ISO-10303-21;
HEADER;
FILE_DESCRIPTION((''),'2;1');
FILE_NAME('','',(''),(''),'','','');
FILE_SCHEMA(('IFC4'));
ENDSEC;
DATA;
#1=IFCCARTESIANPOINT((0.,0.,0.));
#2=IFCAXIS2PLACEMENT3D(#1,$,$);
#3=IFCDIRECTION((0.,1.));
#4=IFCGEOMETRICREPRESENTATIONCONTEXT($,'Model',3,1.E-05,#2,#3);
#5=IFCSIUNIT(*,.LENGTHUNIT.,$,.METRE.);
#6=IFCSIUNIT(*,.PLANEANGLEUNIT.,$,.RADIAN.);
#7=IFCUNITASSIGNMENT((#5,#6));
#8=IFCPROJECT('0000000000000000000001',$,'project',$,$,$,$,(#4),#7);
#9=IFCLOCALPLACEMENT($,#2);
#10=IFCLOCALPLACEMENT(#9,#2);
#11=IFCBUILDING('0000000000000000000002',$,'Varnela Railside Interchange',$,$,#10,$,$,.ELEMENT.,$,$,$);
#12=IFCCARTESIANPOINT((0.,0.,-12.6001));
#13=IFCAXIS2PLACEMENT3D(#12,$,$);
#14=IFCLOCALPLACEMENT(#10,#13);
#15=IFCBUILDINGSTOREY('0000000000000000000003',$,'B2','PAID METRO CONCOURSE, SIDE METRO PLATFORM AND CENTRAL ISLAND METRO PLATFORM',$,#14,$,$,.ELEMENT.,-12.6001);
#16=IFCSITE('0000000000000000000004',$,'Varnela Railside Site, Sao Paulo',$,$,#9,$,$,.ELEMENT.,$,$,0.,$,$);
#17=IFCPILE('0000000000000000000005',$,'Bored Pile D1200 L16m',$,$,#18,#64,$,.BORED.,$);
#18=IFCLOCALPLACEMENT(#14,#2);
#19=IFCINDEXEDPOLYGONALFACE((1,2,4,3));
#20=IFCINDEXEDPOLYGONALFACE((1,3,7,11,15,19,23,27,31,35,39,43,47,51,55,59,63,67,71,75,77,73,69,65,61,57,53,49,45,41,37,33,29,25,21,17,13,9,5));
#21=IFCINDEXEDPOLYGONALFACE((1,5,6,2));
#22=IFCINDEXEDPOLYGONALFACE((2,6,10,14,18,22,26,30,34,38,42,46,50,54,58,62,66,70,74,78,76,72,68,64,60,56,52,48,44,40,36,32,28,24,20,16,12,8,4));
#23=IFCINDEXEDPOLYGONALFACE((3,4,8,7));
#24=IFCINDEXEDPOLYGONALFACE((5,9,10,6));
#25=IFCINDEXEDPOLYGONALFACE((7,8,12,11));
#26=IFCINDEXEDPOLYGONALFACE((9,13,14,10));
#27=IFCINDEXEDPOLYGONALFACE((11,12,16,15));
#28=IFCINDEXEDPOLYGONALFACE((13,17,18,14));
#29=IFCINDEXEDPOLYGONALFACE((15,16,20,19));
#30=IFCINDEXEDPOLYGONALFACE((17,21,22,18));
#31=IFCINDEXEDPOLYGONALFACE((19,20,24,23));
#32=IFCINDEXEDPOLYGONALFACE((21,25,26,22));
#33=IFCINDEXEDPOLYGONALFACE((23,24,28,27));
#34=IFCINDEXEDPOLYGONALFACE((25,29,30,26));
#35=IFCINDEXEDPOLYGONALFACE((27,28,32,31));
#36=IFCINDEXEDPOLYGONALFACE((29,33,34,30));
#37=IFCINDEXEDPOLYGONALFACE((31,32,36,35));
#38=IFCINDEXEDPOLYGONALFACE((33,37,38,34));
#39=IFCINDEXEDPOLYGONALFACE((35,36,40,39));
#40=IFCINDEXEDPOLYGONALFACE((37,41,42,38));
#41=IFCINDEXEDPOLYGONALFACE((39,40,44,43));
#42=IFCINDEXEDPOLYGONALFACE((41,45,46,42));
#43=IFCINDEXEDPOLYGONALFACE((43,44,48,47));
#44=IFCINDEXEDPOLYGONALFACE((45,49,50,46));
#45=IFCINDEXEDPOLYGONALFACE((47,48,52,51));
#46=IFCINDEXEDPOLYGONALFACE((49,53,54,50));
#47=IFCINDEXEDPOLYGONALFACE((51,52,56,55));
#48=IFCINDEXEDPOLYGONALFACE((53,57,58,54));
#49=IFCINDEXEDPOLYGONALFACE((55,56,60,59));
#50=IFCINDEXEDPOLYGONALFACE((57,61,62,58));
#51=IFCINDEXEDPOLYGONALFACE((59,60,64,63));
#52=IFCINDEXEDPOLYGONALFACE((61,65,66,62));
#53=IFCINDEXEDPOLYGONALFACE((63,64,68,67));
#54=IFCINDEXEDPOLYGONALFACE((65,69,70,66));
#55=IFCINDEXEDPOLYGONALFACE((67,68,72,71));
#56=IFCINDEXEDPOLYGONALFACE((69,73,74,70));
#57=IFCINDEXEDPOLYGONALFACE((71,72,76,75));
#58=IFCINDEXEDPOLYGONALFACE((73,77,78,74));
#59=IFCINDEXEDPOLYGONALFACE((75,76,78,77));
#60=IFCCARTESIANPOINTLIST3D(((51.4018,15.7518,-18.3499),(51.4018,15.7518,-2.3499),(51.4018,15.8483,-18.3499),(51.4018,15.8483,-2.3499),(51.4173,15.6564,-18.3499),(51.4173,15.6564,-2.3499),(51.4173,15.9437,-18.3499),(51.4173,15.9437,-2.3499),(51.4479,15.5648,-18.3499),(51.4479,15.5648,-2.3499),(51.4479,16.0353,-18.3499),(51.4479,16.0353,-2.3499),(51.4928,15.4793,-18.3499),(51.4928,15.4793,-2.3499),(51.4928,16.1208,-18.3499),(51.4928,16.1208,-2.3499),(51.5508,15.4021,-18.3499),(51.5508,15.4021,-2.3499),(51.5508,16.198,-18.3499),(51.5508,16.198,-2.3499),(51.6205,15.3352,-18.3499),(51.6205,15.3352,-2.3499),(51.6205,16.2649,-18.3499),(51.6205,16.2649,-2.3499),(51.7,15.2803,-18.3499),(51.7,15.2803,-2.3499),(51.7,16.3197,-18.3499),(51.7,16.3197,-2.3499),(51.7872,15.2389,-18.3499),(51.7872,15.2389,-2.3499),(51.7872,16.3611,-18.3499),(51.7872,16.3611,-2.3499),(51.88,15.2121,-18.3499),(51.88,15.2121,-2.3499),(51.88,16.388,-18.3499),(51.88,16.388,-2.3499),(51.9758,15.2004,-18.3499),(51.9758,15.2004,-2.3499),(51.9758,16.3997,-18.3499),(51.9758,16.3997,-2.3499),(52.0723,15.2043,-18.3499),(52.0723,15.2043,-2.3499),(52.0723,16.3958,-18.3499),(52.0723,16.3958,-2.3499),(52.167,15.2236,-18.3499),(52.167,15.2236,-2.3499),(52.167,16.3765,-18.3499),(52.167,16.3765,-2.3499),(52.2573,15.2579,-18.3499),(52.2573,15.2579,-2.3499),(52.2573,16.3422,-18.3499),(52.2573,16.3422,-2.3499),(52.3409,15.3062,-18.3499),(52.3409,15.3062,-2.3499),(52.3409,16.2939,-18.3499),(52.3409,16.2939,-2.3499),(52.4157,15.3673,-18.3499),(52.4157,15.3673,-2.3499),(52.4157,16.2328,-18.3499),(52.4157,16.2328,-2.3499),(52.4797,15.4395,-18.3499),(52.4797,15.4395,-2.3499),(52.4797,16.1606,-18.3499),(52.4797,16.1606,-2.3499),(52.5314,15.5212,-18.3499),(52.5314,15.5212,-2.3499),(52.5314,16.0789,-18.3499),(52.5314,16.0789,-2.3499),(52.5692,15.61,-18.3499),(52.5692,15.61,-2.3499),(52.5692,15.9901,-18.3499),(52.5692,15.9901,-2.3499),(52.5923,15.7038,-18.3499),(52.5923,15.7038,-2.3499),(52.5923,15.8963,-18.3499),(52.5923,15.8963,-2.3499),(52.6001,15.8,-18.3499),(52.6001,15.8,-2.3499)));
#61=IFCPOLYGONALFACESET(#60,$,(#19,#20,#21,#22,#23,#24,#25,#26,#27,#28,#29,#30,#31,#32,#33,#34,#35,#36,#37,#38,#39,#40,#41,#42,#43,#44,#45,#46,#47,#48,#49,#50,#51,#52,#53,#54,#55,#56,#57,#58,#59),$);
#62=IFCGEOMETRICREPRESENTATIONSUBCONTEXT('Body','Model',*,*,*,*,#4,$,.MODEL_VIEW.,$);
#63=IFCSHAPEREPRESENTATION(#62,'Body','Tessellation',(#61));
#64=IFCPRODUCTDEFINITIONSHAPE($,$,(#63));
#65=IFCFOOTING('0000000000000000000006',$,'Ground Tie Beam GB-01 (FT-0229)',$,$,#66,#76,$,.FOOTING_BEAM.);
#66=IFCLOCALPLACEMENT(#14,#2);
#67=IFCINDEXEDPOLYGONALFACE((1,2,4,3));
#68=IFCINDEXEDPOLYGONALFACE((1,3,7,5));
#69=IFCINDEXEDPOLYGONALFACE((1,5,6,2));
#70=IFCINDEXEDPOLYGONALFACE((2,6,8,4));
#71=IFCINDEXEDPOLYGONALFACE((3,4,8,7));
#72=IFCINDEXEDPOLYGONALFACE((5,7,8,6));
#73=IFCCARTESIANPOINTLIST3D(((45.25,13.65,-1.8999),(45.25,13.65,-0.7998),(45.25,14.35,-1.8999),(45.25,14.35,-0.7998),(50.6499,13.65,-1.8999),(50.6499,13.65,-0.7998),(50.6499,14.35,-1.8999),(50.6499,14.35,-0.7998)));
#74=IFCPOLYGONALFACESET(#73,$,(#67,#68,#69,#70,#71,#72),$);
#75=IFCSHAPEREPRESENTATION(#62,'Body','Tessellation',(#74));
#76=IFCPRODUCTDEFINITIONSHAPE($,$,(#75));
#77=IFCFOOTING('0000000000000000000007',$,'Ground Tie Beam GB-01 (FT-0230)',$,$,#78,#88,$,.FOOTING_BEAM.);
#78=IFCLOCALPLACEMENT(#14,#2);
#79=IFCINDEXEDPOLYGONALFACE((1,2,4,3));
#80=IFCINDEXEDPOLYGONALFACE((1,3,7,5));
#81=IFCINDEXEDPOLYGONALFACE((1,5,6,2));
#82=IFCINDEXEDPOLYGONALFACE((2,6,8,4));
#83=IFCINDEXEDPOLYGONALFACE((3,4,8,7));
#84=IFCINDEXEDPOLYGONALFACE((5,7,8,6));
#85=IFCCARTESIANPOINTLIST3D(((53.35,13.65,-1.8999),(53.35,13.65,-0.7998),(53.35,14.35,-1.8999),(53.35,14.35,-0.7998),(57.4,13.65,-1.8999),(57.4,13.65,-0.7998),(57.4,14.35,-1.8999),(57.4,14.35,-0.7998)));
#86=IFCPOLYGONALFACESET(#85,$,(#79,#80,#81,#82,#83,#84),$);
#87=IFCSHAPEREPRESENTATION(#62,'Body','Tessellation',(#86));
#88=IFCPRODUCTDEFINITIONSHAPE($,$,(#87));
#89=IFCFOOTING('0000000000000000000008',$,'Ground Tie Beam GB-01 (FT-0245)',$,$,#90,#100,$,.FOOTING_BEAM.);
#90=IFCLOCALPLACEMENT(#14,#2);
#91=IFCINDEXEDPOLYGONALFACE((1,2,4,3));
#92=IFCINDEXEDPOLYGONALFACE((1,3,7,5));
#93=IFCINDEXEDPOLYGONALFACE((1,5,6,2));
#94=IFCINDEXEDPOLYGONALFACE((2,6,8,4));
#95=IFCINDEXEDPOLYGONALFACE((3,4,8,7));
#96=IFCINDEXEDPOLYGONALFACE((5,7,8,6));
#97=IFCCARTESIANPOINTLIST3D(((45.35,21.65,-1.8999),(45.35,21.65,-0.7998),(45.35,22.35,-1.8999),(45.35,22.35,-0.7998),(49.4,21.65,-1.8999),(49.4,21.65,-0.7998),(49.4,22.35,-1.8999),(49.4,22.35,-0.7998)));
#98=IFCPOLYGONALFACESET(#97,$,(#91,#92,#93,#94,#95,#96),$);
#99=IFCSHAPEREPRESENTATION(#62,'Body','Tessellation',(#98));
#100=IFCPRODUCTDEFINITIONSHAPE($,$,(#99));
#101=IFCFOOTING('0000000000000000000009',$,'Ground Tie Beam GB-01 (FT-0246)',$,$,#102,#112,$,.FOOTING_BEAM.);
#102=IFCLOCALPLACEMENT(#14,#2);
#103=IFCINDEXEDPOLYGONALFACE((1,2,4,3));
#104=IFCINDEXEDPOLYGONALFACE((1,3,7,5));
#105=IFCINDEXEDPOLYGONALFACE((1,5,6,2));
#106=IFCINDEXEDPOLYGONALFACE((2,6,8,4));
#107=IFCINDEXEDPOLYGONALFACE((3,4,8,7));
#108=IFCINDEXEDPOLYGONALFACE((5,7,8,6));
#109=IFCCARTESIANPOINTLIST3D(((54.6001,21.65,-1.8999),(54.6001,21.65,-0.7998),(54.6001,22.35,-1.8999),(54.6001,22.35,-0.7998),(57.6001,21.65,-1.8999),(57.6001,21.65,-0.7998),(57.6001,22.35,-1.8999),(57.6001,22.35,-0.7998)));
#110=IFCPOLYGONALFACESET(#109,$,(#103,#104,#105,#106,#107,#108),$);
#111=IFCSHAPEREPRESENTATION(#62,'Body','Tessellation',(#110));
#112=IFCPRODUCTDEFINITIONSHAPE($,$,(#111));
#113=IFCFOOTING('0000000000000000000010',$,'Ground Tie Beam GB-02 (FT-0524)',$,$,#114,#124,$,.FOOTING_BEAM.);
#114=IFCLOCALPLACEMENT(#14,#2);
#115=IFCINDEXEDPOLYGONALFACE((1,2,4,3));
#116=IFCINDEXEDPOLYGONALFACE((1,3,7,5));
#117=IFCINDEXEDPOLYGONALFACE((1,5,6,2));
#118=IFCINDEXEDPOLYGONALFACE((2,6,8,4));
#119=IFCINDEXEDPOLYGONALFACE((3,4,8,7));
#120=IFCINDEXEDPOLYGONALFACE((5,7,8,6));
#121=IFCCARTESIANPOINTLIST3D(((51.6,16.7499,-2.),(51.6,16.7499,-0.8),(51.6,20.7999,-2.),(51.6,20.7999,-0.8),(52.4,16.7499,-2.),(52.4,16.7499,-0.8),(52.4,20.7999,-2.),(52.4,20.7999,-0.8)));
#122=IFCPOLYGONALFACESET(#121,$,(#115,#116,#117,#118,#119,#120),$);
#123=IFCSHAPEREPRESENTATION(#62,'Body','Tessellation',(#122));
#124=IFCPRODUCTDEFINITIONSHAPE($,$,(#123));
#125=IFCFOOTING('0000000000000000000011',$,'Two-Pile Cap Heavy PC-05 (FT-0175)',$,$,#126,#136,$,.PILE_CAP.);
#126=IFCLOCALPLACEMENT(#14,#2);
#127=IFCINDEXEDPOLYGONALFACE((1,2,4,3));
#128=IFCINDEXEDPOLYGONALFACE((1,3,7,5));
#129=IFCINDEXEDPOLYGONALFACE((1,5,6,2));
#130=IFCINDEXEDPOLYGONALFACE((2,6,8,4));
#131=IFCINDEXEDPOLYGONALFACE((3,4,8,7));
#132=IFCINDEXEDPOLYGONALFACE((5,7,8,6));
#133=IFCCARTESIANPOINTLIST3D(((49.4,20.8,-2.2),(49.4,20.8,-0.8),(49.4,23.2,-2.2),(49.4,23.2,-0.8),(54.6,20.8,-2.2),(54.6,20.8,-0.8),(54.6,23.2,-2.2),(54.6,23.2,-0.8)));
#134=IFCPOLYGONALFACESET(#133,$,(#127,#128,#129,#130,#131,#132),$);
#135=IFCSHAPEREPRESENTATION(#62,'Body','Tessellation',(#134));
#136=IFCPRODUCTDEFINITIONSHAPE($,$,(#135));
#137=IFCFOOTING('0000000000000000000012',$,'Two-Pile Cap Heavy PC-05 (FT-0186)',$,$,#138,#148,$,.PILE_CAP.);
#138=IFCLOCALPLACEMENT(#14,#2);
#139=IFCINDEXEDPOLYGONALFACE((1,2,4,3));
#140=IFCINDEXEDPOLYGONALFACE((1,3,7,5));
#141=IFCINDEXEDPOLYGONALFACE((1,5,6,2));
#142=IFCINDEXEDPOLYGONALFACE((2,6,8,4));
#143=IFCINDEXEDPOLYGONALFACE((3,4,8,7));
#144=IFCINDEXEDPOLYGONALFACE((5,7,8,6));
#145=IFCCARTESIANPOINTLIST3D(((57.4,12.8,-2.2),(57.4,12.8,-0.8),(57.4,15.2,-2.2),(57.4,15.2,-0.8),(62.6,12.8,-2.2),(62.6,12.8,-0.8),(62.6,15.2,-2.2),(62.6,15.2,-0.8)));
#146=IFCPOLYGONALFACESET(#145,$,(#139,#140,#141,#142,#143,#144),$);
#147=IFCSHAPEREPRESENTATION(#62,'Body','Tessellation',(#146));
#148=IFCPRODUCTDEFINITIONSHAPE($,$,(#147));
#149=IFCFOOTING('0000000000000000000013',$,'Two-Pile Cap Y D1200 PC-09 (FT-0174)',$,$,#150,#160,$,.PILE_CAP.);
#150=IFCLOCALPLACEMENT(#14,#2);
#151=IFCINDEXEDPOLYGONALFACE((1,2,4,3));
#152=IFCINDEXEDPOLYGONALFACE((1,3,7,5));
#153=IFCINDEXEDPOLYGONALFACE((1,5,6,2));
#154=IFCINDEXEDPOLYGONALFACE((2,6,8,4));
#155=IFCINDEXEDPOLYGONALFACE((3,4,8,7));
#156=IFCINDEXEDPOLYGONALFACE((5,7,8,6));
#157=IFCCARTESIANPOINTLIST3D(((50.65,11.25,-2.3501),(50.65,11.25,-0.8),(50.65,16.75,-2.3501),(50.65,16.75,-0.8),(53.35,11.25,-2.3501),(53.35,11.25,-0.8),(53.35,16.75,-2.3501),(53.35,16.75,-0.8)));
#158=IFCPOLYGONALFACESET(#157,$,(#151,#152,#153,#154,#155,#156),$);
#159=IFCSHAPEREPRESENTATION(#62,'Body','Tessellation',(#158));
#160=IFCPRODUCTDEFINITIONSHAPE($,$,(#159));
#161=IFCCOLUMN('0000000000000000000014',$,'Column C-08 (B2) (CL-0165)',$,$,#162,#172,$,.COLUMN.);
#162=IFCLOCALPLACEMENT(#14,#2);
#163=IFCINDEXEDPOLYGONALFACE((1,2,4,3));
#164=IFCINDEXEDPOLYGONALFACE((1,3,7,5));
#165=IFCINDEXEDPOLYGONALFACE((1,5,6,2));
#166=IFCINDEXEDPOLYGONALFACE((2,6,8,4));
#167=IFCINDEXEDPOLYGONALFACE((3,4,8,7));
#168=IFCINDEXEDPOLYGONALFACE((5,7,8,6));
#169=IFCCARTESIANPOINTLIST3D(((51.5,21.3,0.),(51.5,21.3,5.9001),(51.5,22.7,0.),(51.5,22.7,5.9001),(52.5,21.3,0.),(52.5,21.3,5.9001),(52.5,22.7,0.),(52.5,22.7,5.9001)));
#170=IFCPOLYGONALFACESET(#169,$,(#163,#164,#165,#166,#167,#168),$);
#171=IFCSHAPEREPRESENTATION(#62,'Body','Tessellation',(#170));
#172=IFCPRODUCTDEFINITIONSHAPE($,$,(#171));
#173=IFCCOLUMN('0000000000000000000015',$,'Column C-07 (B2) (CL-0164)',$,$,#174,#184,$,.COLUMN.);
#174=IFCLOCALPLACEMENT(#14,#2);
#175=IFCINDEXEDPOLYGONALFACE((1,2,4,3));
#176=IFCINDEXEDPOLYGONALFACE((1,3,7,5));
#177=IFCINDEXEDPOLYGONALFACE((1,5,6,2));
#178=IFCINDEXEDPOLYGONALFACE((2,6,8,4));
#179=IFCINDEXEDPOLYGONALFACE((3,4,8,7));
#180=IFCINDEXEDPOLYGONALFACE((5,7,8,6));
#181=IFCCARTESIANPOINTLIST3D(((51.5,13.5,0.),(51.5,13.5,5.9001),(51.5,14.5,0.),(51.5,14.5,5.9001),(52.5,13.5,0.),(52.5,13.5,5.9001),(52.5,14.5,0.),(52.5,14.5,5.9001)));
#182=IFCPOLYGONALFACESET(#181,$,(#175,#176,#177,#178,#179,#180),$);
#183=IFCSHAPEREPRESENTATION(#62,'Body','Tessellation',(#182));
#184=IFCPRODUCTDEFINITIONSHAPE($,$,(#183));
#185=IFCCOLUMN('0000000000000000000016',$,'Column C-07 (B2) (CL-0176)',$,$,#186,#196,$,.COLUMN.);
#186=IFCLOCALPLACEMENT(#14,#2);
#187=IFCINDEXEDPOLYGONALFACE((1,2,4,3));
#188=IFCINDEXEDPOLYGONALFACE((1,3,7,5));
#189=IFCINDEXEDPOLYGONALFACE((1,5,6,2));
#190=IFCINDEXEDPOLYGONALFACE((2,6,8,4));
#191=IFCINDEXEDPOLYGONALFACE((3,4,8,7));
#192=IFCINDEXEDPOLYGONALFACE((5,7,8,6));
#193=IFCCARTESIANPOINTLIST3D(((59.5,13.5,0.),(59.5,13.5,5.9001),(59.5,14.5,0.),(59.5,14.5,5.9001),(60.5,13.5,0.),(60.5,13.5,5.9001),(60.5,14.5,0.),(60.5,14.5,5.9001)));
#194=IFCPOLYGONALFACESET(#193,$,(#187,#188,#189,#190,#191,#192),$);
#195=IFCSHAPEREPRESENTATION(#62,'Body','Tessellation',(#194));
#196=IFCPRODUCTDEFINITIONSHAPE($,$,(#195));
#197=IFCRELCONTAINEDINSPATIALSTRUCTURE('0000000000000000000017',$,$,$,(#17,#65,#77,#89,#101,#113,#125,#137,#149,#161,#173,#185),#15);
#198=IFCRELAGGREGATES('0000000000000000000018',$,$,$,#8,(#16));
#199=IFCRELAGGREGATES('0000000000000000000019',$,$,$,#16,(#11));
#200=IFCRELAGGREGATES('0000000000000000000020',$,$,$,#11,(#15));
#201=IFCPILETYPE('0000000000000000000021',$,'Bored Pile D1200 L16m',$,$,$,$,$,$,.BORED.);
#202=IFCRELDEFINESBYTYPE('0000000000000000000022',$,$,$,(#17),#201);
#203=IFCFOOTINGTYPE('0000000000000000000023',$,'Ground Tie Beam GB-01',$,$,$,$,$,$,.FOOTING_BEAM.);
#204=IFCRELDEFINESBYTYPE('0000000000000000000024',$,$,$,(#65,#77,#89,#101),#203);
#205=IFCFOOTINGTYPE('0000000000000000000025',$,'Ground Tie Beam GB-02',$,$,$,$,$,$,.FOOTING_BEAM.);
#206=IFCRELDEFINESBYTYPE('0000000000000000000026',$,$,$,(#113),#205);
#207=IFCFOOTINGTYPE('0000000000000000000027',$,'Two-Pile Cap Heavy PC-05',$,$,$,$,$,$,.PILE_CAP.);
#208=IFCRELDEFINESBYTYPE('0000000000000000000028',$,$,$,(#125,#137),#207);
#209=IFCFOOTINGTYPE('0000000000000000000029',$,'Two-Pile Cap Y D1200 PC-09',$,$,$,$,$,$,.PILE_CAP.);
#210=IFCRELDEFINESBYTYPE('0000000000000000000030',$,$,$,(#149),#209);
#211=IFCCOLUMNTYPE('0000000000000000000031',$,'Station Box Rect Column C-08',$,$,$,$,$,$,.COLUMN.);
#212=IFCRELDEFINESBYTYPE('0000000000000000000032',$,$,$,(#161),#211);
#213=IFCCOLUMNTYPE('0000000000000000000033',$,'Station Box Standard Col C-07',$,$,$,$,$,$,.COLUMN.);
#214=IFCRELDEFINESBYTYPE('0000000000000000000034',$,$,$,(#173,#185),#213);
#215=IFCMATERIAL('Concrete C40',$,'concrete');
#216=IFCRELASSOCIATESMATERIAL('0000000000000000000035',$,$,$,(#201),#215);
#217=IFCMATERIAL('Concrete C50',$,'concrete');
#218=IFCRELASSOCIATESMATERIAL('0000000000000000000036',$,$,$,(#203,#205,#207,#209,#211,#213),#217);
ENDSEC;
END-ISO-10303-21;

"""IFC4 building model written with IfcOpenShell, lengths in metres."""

from ifc_helpers import new_model, si_unit, direction, frame, origin, origin_2d, place, context, subcontext, project, spatial, rectangle, circle, extrude, material, material_profile, profile_set, type_object, element, save


model = new_model("IFC4")

# Units and contexts
model_context = context("Model", 3, precision=1e-05, world=origin(), true_north=direction((0.0, 1.0)))
body_context = subcontext(model_context, "Body", "Model", "MODEL_VIEW")
ifc_project = project(units=[si_unit("LENGTHUNIT", "METRE"), si_unit("PLANEANGLEUNIT", "RADIAN")], contexts=[model_context])

# Site, building, storey
site_placement = place(None, origin())
site = spatial("IfcSite", under=ifc_project, at=site_placement, Name="Varnela Railside Site, Sao Paulo", CompositionType="ELEMENT", RefElevation=0.0)
building_placement = place(site_placement, origin())
building = spatial("IfcBuilding", under=site, at=building_placement, Name="Varnela Railside Interchange", CompositionType="ELEMENT")
storey_placement = place(building_placement, frame((0.0, 0.0, -12.6001)))
storey = spatial("IfcBuildingStorey", under=building, at=storey_placement, Name="B2", Description="PAID METRO CONCOURSE, SIDE METRO PLATFORM AND CENTRAL ISLAND METRO PLATFORM", CompositionType="ELEMENT", Elevation=-12.6001)

# Pile
ifc_material_1 = material(Name="Concrete C40", Category="concrete")
ifc_material_profile_1 = material_profile(ifc_material_1, circle(Radius=0.6001, at=origin_2d()), Name="BORED PILE D1200")
ifc_profile_set_1 = profile_set([ifc_material_profile_1], Name="Concrete C40")
pile_type_1 = type_object("IfcPileType", Name="Bored Pile D1200 L16m", PredefinedType="BORED", material=ifc_profile_set_1)
pile_placement = place(storey_placement, frame((52.0, 15.8, -2.3499), z_axis=(0.0, 0.0, -1.0), x_axis=(1.0, 0.0, 0.0)))
element("IfcPile", 1, at=pile_placement, inside=storey, type_object=pile_type_1, Name="Bored Pile D1200 L16m", PredefinedType="BORED", context=body_context, shape_type="SweptSolid", body=[
    extrude(circle(Radius=0.6001, at=origin_2d()), origin(), (0.0, 0.0, 1.0), 16.0),
])

# Footings
ifc_material_2 = material(Name="Concrete C50", Category="concrete")
footing_type_1 = type_object("IfcFootingType", Name="Ground Tie Beam GB-01", PredefinedType="FOOTING_BEAM", material=ifc_material_2)
footing_1_placement = place(storey_placement, frame((47.95, 14.0, -1.8999), z_axis=(0.0, 0.0, 1.0), x_axis=(1.0, 0.0, 0.0)))
element("IfcFooting", 2, at=footing_1_placement, inside=storey, type_object=footing_type_1, Name="Ground Tie Beam GB-01 (FT-0229)", PredefinedType="FOOTING_BEAM", context=body_context, shape_type="SweptSolid", body=[
    extrude(rectangle(XDim=5.3999, YDim=0.7, at=origin_2d()), origin(), (0.0, 0.0, 1.0), 1.1001),
])
for number, where, z_axis, x_axis, name in (
    (3, (55.375, 14.0, -1.8999), (0.0, 0.0, 1.0), (1.0, 0.0, 0.0), "Ground Tie Beam GB-01 (FT-0230)"),
    (4, (47.375, 22.0, -1.8999), (0.0, 0.0, 1.0), (1.0, 0.0, 0.0), "Ground Tie Beam GB-01 (FT-0245)"),
):
    element("IfcFooting", number, at=place(storey_placement, frame(where, z_axis=z_axis, x_axis=x_axis)), inside=storey, type_object=footing_type_1, Name=name, PredefinedType="FOOTING_BEAM", context=body_context, shape_type="SweptSolid", body=[
        extrude(rectangle(XDim=4.05, YDim=0.7, at=origin_2d()), origin(), (0.0, 0.0, 1.0), 1.1001),
    ])
footing_2_placement = place(storey_placement, frame((56.1001, 22.0, -1.8999), z_axis=(0.0, 0.0, 1.0), x_axis=(1.0, 0.0, 0.0)))
element("IfcFooting", 5, at=footing_2_placement, inside=storey, type_object=footing_type_1, Name="Ground Tie Beam GB-01 (FT-0246)", PredefinedType="FOOTING_BEAM", context=body_context, shape_type="SweptSolid", body=[
    extrude(rectangle(XDim=3.0, YDim=0.7, at=origin_2d()), origin(), (0.0, 0.0, 1.0), 1.1001),
])
footing_type_2 = type_object("IfcFootingType", Name="Ground Tie Beam GB-02", PredefinedType="FOOTING_BEAM", material=ifc_material_2)
footing_3_placement = place(storey_placement, frame((52.0, 18.7749, -2.0), z_axis=(0.0, 0.0, 1.0), x_axis=(1.0, 0.0, 0.0)))
element("IfcFooting", 6, at=footing_3_placement, inside=storey, type_object=footing_type_2, Name="Ground Tie Beam GB-02 (FT-0524)", PredefinedType="FOOTING_BEAM", context=body_context, shape_type="SweptSolid", body=[
    extrude(rectangle(XDim=0.8, YDim=4.05, at=origin_2d()), origin(), (0.0, 0.0, 1.0), 1.2),
])
footing_type_3 = type_object("IfcFootingType", Name="Two-Pile Cap Heavy PC-05", PredefinedType="PILE_CAP", material=ifc_material_2)
for number, where, z_axis, x_axis, name in (
    (7, (52.0, 22.0, -2.2), (0.0, 0.0, 1.0), (1.0, 0.0, 0.0), "Two-Pile Cap Heavy PC-05 (FT-0175)"),
    (8, (60.0, 14.0, -2.2), (0.0, 0.0, 1.0), (1.0, 0.0, 0.0), "Two-Pile Cap Heavy PC-05 (FT-0186)"),
):
    element("IfcFooting", number, at=place(storey_placement, frame(where, z_axis=z_axis, x_axis=x_axis)), inside=storey, type_object=footing_type_3, Name=name, PredefinedType="PILE_CAP", context=body_context, shape_type="SweptSolid", body=[
        extrude(rectangle(XDim=5.2, YDim=2.3999, at=origin_2d()), origin(), (0.0, 0.0, 1.0), 1.3999),
    ])
footing_type_4 = type_object("IfcFootingType", Name="Two-Pile Cap Y D1200 PC-09", PredefinedType="PILE_CAP", material=ifc_material_2)
footing_4_placement = place(storey_placement, frame((52.0, 14.0, -2.3501), z_axis=(0.0, 0.0, 1.0), x_axis=(1.0, 0.0, 0.0)))
element("IfcFooting", 9, at=footing_4_placement, inside=storey, type_object=footing_type_4, Name="Two-Pile Cap Y D1200 PC-09 (FT-0174)", PredefinedType="PILE_CAP", context=body_context, shape_type="SweptSolid", body=[
    extrude(rectangle(XDim=2.7, YDim=5.5, at=origin_2d()), origin(), (0.0, 0.0, 1.0), 1.55),
])

# Columns
ifc_material_profile_2 = material_profile(ifc_material_2, rectangle(XDim=1.0, YDim=1.3999, at=origin_2d()), Name="RC 1000x1400")
ifc_profile_set_2 = profile_set([ifc_material_profile_2], Name="Concrete C50")
column_type_1 = type_object("IfcColumnType", Name="Station Box Rect Column C-08", PredefinedType="COLUMN", material=ifc_profile_set_2)
column_placement = place(storey_placement, frame((52.0, 22.0, 0.0), z_axis=(0.0, 0.0, 1.0), x_axis=(1.0, 0.0, 0.0)))
element("IfcColumn", 10, at=column_placement, inside=storey, type_object=column_type_1, Name="Column C-08 (B2) (CL-0165)", PredefinedType="COLUMN", context=body_context, shape_type="SweptSolid", body=[
    extrude(rectangle(XDim=1.0, YDim=1.3999, at=origin_2d()), origin(), (0.0, 0.0, 1.0), 5.9001),
])
ifc_material_profile_3 = material_profile(ifc_material_2, rectangle(XDim=1.0, YDim=1.0, at=origin_2d()), Name="RC 1000x1000")
ifc_profile_set_3 = profile_set([ifc_material_profile_3], Name="Concrete C50")
column_type_2 = type_object("IfcColumnType", Name="Station Box Standard Col C-07", PredefinedType="COLUMN", material=ifc_profile_set_3)
for number, where, z_axis, x_axis, name in (
    (11, (52.0, 14.0, 0.0), (0.0, 0.0, 1.0), (1.0, 0.0, 0.0), "Column C-07 (B2) (CL-0164)"),
    (12, (60.0, 14.0, 0.0), (0.0, 0.0, 1.0), (1.0, 0.0, 0.0), "Column C-07 (B2) (CL-0176)"),
):
    element("IfcColumn", number, at=place(storey_placement, frame(where, z_axis=z_axis, x_axis=x_axis)), inside=storey, type_object=column_type_2, Name=name, PredefinedType="COLUMN", context=body_context, shape_type="SweptSolid", body=[
        extrude(rectangle(XDim=1.0, YDim=1.0, at=origin_2d()), origin(), (0.0, 0.0, 1.0), 5.9001),
    ])

save(model, "model.ifc")
